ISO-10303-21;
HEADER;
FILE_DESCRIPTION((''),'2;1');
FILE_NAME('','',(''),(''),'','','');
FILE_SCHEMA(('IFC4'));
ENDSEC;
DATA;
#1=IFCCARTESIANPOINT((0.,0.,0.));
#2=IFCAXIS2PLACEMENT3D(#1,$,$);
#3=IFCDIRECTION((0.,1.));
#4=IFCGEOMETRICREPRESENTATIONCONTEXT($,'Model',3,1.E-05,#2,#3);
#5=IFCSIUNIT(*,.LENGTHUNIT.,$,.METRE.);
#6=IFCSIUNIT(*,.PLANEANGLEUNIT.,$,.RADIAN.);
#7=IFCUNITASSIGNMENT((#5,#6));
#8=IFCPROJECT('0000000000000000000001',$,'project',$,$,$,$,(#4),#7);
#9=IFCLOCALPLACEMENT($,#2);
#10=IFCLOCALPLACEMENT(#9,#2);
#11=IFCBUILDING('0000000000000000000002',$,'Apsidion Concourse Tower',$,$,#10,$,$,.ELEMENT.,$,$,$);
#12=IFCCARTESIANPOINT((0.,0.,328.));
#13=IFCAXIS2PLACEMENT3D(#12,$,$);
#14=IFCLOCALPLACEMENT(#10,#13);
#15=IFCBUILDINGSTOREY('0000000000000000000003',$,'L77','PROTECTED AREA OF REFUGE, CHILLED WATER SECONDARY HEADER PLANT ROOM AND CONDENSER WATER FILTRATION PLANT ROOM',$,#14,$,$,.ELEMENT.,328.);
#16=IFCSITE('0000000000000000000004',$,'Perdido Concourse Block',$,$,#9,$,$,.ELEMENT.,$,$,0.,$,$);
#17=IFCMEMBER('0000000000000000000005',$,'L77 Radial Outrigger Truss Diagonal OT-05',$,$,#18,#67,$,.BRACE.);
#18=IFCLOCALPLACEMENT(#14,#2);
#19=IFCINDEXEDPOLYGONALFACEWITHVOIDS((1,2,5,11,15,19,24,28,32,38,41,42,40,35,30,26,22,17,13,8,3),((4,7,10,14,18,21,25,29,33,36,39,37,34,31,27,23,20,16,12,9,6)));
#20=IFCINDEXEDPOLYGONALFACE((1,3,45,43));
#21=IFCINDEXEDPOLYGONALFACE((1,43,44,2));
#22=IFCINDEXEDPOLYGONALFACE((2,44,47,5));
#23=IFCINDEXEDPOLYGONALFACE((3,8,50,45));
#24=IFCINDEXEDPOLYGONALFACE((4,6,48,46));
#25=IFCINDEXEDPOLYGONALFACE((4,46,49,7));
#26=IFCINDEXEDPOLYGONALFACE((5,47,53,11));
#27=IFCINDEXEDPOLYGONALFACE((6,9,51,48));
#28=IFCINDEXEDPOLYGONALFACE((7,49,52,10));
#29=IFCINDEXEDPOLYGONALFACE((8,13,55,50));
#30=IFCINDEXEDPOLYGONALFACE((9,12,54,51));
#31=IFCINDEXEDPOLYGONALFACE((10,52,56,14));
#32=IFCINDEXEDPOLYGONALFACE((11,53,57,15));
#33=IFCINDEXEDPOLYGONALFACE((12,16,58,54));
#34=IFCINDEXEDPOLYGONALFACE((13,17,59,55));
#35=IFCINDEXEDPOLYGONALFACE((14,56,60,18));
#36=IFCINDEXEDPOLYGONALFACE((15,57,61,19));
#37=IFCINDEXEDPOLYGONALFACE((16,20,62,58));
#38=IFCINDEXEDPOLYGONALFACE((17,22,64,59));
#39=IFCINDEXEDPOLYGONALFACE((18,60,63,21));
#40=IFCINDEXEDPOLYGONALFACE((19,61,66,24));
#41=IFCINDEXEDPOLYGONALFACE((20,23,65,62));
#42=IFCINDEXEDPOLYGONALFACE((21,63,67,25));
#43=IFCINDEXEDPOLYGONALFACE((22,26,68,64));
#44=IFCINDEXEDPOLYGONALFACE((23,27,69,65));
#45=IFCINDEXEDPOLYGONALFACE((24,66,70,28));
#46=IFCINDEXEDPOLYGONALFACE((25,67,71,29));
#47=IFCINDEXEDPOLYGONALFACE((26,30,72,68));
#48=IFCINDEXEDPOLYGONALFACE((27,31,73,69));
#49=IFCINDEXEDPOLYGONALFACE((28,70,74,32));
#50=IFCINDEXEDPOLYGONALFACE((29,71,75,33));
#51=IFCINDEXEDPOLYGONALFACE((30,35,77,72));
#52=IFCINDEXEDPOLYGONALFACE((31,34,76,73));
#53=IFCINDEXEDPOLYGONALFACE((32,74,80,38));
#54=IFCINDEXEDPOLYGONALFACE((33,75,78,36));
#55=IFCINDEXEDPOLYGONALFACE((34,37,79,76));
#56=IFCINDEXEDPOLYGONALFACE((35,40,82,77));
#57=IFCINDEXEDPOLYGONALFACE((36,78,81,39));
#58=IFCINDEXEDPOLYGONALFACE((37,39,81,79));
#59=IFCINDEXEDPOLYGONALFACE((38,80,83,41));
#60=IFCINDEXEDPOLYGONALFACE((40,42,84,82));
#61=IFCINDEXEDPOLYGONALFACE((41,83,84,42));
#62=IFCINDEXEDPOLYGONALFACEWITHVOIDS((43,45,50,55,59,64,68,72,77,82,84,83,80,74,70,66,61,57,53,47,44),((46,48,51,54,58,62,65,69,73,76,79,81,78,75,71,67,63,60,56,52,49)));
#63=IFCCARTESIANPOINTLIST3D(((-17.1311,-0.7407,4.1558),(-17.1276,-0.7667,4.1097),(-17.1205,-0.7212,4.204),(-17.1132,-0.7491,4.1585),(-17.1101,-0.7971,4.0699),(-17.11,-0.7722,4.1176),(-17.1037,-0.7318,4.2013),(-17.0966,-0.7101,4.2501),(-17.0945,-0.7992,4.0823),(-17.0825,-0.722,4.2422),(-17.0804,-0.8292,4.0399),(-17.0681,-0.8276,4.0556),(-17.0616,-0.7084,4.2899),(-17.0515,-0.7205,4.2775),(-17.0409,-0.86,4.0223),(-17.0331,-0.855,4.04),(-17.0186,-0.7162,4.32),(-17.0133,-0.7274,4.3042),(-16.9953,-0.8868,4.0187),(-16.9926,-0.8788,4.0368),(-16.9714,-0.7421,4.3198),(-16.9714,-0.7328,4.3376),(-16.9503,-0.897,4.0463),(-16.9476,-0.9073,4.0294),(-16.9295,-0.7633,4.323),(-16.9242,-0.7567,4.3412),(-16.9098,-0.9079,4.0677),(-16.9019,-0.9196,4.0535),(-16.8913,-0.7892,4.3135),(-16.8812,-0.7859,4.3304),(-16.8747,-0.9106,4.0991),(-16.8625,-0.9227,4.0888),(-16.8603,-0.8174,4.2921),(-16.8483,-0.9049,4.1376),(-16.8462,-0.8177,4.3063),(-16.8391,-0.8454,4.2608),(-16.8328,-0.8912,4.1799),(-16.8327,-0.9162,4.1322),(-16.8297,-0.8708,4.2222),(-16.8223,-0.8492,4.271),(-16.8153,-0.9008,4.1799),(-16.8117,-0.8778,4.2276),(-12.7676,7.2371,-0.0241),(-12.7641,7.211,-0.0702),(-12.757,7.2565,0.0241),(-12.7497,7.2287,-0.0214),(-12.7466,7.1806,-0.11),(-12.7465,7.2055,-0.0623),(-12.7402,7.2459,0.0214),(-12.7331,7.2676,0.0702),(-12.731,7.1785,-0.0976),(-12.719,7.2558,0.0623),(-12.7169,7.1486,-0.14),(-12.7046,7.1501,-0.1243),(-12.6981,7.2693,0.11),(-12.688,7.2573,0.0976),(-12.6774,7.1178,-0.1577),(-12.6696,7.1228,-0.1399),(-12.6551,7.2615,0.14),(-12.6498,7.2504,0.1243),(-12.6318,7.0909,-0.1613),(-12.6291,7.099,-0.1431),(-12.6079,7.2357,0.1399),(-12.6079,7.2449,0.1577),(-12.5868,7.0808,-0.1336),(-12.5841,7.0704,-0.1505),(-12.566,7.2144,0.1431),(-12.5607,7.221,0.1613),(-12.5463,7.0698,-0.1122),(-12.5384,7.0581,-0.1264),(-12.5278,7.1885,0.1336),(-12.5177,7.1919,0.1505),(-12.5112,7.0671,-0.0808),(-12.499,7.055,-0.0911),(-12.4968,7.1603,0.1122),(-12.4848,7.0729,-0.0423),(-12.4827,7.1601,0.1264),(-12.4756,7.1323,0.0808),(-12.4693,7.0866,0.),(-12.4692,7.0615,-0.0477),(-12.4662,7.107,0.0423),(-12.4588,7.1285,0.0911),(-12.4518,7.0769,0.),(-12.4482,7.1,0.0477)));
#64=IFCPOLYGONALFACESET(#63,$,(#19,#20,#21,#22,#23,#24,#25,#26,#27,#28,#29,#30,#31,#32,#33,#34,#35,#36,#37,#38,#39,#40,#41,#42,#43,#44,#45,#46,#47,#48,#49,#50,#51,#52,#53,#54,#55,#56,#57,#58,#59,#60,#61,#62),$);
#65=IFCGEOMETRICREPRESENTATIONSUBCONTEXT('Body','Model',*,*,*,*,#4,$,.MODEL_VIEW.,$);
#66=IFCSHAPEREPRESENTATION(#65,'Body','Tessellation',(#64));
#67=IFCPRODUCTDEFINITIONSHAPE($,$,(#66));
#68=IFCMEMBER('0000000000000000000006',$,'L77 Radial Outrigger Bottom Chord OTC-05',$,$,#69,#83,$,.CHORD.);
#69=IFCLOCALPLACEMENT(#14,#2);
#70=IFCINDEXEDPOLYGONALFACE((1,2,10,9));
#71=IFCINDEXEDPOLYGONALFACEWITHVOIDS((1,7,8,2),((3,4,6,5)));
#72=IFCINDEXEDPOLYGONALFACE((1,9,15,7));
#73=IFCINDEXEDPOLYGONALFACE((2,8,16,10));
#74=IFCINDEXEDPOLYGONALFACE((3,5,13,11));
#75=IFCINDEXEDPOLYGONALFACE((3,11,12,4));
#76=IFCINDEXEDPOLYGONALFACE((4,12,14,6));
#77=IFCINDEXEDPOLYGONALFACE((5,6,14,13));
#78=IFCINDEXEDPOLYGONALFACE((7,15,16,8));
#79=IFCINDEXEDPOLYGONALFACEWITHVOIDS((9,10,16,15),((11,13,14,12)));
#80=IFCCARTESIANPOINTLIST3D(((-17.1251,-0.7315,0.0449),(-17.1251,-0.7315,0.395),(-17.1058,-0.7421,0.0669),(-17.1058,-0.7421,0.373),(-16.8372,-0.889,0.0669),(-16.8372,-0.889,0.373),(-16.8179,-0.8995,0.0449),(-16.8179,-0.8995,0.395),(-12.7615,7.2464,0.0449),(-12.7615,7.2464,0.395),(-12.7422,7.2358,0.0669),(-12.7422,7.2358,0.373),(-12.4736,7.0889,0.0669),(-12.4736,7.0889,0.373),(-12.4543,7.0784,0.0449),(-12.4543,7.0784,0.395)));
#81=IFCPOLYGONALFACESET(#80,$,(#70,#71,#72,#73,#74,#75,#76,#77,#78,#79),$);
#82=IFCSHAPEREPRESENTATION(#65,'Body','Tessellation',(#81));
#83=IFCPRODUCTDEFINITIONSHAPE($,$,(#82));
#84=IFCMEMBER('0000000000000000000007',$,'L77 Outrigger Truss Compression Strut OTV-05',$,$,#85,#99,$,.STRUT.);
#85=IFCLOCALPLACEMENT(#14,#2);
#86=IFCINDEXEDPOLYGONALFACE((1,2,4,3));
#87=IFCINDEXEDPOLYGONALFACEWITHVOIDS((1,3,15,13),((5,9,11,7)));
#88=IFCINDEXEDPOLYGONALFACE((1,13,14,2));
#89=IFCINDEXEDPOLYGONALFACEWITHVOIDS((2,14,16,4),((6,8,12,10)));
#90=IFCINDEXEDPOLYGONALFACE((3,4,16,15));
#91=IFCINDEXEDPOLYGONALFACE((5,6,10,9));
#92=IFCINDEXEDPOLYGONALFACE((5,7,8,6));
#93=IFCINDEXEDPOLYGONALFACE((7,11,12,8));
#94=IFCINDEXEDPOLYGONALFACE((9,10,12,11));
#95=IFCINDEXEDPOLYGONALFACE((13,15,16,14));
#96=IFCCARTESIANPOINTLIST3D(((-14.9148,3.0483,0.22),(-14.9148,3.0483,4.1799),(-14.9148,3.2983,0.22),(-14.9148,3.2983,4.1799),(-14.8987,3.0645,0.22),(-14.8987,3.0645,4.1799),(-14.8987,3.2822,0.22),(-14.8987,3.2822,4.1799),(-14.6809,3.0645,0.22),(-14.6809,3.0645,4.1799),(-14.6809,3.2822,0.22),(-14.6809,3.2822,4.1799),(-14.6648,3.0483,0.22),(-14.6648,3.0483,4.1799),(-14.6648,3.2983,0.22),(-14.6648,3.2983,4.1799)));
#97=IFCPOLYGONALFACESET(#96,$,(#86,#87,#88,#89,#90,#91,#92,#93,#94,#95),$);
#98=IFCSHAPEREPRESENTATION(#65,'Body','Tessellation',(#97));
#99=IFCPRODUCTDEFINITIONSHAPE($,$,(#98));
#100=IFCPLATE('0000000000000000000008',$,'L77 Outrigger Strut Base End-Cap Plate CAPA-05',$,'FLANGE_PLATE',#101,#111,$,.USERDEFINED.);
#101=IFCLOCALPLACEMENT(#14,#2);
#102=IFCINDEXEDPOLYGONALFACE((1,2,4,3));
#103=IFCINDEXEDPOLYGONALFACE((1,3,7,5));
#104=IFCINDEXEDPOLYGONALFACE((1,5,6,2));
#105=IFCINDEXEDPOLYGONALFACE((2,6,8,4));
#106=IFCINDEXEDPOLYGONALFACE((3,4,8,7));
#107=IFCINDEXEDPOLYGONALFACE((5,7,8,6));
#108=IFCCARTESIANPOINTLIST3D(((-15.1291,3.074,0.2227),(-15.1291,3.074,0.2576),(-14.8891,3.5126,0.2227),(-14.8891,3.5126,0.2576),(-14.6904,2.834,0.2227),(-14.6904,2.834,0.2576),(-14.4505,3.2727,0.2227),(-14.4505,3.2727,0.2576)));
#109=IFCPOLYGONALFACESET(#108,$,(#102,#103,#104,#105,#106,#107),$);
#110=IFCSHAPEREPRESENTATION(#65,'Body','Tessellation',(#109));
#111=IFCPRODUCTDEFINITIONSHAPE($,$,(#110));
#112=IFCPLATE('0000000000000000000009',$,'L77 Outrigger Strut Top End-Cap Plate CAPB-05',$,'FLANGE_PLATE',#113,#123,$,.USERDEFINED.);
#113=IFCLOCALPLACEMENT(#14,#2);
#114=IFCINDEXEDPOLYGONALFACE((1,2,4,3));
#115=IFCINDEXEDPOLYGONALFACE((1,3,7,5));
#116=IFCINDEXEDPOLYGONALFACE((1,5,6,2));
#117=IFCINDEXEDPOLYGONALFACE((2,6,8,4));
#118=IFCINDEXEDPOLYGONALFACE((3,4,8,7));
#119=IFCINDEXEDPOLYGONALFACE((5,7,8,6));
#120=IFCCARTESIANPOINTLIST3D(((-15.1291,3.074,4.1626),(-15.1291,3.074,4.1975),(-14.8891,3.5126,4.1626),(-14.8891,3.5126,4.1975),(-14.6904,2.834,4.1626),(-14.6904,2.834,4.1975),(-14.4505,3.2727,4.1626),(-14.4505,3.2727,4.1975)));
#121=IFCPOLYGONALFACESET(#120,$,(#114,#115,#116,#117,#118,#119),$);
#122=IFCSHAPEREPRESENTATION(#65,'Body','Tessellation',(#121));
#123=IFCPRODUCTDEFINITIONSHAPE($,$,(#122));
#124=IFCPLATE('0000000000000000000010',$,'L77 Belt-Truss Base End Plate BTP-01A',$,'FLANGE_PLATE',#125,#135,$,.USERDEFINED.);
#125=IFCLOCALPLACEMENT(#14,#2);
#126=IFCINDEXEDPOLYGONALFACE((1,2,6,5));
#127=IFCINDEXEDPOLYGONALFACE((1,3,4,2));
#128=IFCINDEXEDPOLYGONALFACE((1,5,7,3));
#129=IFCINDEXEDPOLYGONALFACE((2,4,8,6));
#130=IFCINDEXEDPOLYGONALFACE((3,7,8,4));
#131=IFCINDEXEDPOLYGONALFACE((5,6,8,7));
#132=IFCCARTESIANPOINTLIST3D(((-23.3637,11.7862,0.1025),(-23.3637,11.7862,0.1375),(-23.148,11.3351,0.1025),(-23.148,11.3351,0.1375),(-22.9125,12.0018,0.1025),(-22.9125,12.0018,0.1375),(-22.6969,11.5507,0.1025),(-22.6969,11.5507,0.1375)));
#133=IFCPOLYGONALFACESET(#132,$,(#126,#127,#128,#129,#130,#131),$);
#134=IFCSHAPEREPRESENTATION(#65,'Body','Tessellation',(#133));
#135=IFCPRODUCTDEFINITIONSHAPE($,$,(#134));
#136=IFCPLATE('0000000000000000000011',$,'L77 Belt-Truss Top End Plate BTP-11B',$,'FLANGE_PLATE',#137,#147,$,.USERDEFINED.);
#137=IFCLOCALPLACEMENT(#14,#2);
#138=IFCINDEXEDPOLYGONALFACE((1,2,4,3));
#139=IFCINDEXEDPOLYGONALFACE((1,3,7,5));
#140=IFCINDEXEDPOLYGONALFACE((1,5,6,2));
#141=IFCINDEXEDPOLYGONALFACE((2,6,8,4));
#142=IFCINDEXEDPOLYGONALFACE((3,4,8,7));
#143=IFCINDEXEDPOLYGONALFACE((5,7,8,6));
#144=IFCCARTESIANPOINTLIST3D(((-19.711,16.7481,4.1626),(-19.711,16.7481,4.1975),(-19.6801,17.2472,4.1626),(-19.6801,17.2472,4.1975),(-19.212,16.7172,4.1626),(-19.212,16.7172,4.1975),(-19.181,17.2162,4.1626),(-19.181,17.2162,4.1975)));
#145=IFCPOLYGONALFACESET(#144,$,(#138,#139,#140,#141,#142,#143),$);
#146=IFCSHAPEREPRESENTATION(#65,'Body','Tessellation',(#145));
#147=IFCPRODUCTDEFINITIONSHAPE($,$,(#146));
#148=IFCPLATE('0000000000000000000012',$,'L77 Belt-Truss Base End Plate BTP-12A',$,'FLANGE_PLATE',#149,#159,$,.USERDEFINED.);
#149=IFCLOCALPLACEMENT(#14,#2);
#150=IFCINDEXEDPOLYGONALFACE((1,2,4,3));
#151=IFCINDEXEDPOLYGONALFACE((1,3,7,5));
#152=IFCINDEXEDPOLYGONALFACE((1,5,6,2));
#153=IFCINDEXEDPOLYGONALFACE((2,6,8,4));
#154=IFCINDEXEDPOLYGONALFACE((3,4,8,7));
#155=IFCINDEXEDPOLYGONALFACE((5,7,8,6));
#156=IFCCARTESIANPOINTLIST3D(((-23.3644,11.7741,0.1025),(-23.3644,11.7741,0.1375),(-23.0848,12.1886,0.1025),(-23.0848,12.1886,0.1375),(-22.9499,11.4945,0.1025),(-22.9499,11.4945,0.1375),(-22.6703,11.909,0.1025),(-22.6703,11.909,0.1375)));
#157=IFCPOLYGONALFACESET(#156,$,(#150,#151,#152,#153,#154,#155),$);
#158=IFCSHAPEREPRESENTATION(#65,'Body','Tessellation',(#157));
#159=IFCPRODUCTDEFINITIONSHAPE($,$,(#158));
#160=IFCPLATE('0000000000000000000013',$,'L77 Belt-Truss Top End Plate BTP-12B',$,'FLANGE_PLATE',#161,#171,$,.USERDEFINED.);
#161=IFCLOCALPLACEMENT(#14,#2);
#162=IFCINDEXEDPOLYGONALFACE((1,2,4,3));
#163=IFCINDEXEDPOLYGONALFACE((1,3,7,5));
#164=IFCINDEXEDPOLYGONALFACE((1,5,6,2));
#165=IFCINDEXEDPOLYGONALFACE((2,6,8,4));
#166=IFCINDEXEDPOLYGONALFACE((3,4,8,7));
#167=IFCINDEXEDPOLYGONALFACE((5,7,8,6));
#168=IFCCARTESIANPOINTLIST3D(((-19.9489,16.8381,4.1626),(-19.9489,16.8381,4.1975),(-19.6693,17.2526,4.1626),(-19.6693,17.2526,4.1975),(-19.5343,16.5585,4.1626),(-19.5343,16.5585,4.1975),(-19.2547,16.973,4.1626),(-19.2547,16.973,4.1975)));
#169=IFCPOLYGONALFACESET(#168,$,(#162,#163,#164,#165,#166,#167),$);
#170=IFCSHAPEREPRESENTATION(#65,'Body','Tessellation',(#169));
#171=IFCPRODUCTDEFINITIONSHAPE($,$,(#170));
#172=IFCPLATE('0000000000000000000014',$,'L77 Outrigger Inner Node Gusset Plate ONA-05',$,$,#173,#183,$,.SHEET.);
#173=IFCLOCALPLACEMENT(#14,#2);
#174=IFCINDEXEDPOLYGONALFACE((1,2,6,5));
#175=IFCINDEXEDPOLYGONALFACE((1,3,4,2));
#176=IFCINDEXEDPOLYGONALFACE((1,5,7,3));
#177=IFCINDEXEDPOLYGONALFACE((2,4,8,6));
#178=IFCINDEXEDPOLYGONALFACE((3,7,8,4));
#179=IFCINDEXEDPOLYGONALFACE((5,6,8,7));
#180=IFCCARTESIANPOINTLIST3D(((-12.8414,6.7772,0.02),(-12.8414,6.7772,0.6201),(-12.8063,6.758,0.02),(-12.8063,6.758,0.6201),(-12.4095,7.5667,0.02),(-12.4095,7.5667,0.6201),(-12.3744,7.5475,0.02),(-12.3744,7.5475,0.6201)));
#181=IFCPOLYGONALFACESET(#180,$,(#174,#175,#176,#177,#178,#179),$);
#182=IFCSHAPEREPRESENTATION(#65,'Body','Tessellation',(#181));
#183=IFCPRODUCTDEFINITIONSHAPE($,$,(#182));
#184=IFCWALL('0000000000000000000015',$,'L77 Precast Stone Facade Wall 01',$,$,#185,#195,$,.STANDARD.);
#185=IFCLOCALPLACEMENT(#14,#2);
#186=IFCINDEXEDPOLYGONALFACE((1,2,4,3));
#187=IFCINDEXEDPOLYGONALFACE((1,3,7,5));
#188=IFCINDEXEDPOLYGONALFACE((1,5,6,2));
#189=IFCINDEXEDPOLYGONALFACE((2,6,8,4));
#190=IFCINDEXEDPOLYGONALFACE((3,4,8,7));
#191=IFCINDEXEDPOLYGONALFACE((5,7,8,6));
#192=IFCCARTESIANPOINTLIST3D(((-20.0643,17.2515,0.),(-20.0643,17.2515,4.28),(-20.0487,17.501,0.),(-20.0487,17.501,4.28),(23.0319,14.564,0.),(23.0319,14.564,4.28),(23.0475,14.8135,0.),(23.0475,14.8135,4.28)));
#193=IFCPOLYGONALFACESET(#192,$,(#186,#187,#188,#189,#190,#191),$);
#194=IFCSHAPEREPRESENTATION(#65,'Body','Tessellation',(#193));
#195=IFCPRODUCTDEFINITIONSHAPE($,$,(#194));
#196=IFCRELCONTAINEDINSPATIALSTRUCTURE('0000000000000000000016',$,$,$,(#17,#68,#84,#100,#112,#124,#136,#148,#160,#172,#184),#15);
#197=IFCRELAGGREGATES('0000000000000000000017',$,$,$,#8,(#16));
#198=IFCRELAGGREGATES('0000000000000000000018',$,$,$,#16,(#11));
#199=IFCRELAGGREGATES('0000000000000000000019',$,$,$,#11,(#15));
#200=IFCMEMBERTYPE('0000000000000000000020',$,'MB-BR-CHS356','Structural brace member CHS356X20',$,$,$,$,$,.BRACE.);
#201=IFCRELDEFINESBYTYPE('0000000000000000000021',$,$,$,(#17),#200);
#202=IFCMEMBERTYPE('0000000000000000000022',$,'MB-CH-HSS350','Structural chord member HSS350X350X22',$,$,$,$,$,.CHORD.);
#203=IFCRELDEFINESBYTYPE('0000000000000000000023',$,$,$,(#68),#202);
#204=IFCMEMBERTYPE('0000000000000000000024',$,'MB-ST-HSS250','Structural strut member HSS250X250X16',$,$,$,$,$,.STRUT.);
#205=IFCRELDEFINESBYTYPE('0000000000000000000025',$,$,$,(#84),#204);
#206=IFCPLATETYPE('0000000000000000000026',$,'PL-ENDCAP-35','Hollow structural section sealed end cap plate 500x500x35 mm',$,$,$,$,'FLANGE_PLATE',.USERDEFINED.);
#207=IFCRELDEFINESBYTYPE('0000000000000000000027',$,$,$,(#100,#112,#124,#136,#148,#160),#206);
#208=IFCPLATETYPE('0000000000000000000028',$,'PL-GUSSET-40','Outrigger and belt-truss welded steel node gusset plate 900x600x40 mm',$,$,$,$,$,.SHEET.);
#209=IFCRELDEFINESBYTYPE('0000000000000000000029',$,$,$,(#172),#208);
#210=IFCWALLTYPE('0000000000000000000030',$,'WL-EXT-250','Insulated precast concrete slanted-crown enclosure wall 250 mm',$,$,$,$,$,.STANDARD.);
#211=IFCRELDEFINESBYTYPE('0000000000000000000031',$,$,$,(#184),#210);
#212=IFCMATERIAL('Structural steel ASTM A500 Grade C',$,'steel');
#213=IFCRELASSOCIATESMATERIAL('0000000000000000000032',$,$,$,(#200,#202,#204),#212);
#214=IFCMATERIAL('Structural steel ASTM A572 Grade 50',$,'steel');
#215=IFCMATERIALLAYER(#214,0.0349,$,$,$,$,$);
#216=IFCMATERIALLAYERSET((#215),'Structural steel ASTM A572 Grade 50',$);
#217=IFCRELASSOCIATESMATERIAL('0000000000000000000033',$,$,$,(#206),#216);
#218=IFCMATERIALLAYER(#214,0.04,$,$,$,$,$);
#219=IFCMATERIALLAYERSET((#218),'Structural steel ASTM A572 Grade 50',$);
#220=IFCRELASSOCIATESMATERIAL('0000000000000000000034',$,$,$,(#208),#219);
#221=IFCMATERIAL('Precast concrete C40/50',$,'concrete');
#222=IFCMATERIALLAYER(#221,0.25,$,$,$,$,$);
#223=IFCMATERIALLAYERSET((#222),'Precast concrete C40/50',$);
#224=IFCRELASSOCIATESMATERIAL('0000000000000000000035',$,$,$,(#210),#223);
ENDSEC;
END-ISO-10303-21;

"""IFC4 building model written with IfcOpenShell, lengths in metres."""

from ifc_helpers import new_model, si_unit, direction, frame, frame_2d, origin, origin_2d, place, context, subcontext, project, spatial, rectangle, hollow_rectangle, hollow_circle, extrude, material, layer, layer_set, material_profile, profile_set, type_object, element, save


model = new_model("IFC4")

# Units and contexts
model_context = context("Model", 3, precision=1e-05, world=origin(), true_north=direction((0.0, 1.0)))
body_context = subcontext(model_context, "Body", "Model", "MODEL_VIEW")
ifc_project = project(units=[si_unit("LENGTHUNIT", "METRE"), si_unit("PLANEANGLEUNIT", "RADIAN")], contexts=[model_context])

# Site, building, storey
site_placement = place(None, origin())
site = spatial("IfcSite", under=ifc_project, at=site_placement, Name="Perdido Concourse Block", CompositionType="ELEMENT", RefElevation=0.0)
building_placement = place(site_placement, origin())
building = spatial("IfcBuilding", under=site, at=building_placement, Name="Apsidion Concourse Tower", CompositionType="ELEMENT")
storey_placement = place(building_placement, frame((0.0, 0.0, 328.0)))
storey = spatial("IfcBuildingStorey", under=building, at=storey_placement, Name="L77", Description="PROTECTED AREA OF REFUGE, CHILLED WATER SECONDARY HEADER PLANT ROOM AND CONDENSER WATER FILTRATION PLANT ROOM", CompositionType="ELEMENT", Elevation=328.0)

# Members
ifc_material_1 = material(Name="Structural steel ASTM A500 Grade C", Category="steel")
ifc_material_profile_1 = material_profile(ifc_material_1, hollow_circle(Radius=0.178, WallThickness=0.02, at=origin_2d()), Name="CHS356X20")
ifc_profile_set_1 = profile_set([ifc_material_profile_1], Name="Structural steel ASTM A500 Grade C")
member_type_1 = type_object("IfcMemberType", Name="MB-BR-CHS356", Description="Structural brace member CHS356X20", PredefinedType="BRACE", material=ifc_profile_set_1)
member_1_placement = place(storey_placement, frame((-12.6079, 7.1624, 0.0), z_axis=(-0.43601, -0.797152, 0.417665), x_axis=(0.87734, -0.47987, 0.0)))
element("IfcMember", 1, at=member_1_placement, inside=storey, type_object=member_type_1, Name="L77 Radial Outrigger Truss Diagonal OT-05", PredefinedType="BRACE", context=body_context, shape_type="SweptSolid", body=[
    extrude(hollow_circle(Radius=0.178, WallThickness=0.02, at=origin_2d()), origin(), (0.0, 0.0, 1.0), 10.0078),
])
ifc_material_profile_2 = material_profile(ifc_material_1, hollow_rectangle(XDim=0.3501, YDim=0.3501, WallThickness=0.022, at=origin_2d()), Name="HSS350X350X22")
ifc_profile_set_2 = profile_set([ifc_material_profile_2], Name="Structural steel ASTM A500 Grade C")
member_type_2 = type_object("IfcMemberType", Name="MB-CH-HSS350", Description="Structural chord member HSS350X350X22", PredefinedType="CHORD", material=ifc_profile_set_2)
member_2_placement = place(storey_placement, frame((-12.6079, 7.1624, 0.22), z_axis=(-0.47987, -0.87734, 0.0), x_axis=(0.87734, -0.47987, 0.0)))
element("IfcMember", 2, at=member_2_placement, inside=storey, type_object=member_type_2, Name="L77 Radial Outrigger Bottom Chord OTC-05", PredefinedType="CHORD", context=body_context, shape_type="SweptSolid", body=[
    extrude(hollow_rectangle(XDim=0.3501, YDim=0.3501, WallThickness=0.022, at=origin_2d()), origin(), (0.0, 0.0, 1.0), 9.0933),
])
ifc_material_profile_3 = material_profile(ifc_material_1, hollow_rectangle(XDim=0.25, YDim=0.25, WallThickness=0.0161, at=origin_2d()), Name="HSS250X250X16")
ifc_profile_set_3 = profile_set([ifc_material_profile_3], Name="Structural steel ASTM A500 Grade C")
member_type_3 = type_object("IfcMemberType", Name="MB-ST-HSS250", Description="Structural strut member HSS250X250X16", PredefinedType="STRUT", material=ifc_profile_set_3)
member_3_placement = place(storey_placement, frame((-14.7898, 3.1733, 0.22), z_axis=(0.0, 0.0, 1.0), x_axis=(1.0, 0.0, 0.0)))
element("IfcMember", 3, at=member_3_placement, inside=storey, type_object=member_type_3, Name="L77 Outrigger Truss Compression Strut OTV-05", PredefinedType="STRUT", context=body_context, shape_type="SweptSolid", body=[
    extrude(hollow_rectangle(XDim=0.25, YDim=0.25, WallThickness=0.0161, at=origin_2d()), origin(), (0.0, 0.0, 1.0), 3.96),
])

# Plates
ifc_material_2 = material(Name="Structural steel ASTM A572 Grade 50", Category="steel")
ifc_layer_1 = layer(ifc_material_2, 0.0349)
ifc_layer_set_1 = layer_set([ifc_layer_1], Name="Structural steel ASTM A572 Grade 50")
plate_type_1 = type_object("IfcPlateType", Name="PL-ENDCAP-35", Description="Hollow structural section sealed end cap plate 500x500x35 mm", ElementType="FLANGE_PLATE", PredefinedType="USERDEFINED", material=ifc_layer_set_1)
for number, where, z_axis, x_axis, name in (
    (4, (-14.7898, 3.1733, 0.2227), (0.0, 0.0, 1.0), (0.479917, 0.877314, 0.0), "L77 Outrigger Strut Base End-Cap Plate CAPA-05"),
    (5, (-14.7898, 3.1733, 4.1626), (0.0, 0.0, 1.0), (0.479917, 0.877314, 0.0), "L77 Outrigger Strut Top End-Cap Plate CAPB-05"),
    (6, (-23.0303, 11.6685, 0.1025), (0.0, 0.0, 1.0), (-0.431299, 0.902209, 0.0), "L77 Belt-Truss Base End Plate BTP-01A"),
    (7, (-19.446, 16.9822, 4.1626), (0.0, 0.0, 1.0), (-0.998081, 0.06192, 0.0), "L77 Belt-Truss Top End Plate BTP-11B"),
    (8, (-23.0173, 11.8416, 0.1025), (0.0, 0.0, 1.0), (0.559193, 0.829038, 0.0), "L77 Belt-Truss Base End Plate BTP-12A"),
    (9, (-19.6018, 16.9055, 4.1626), (0.0, 0.0, 1.0), (0.559193, 0.829038, 0.0), "L77 Belt-Truss Top End Plate BTP-12B"),
):
    element("IfcPlate", number, at=place(storey_placement, frame(where, z_axis=z_axis, x_axis=x_axis)), inside=storey, type_object=plate_type_1, Name=name, ObjectType="FLANGE_PLATE", PredefinedType="USERDEFINED", context=body_context, shape_type="SweptSolid", body=[
        extrude(rectangle(XDim=0.5, YDim=0.5, at=origin_2d()), origin(), (0.0, 0.0, 1.0), 0.0349),
    ])
ifc_layer_2 = layer(ifc_material_2, 0.04)
ifc_layer_set_2 = layer_set([ifc_layer_2], Name="Structural steel ASTM A572 Grade 50")
plate_type_2 = type_object("IfcPlateType", Name="PL-GUSSET-40", Description="Outrigger and belt-truss welded steel node gusset plate 900x600x40 mm", PredefinedType="SHEET", material=ifc_layer_set_2)
plate_placement = place(storey_placement, frame((-12.6079, 7.1624, 0.02), z_axis=(0.0, 0.0, 1.0), x_axis=(0.479917, 0.877314, 0.0)))
element("IfcPlate", 10, at=plate_placement, inside=storey, type_object=plate_type_2, Name="L77 Outrigger Inner Node Gusset Plate ONA-05", PredefinedType="SHEET", context=body_context, shape_type="SweptSolid", body=[
    extrude(rectangle(XDim=0.8999, YDim=0.04, at=origin_2d()), origin(), (0.0, 0.0, 1.0), 0.6001),
])

# Wall
ifc_material_3 = material(Name="Precast concrete C40/50", Category="concrete")
ifc_layer_3 = layer(ifc_material_3, 0.25)
ifc_layer_set_3 = layer_set([ifc_layer_3], Name="Precast concrete C40/50")
wall_type_1 = type_object("IfcWallType", Name="WL-EXT-250", Description="Insulated precast concrete slanted-crown enclosure wall 250 mm", PredefinedType="STANDARD", material=ifc_layer_set_3)
wall_1_placement = place(storey_placement, frame((-20.0564, 17.3762, 0.0), z_axis=(0.0, 0.0, 1.0), x_axis=(0.998061, -0.06224, 0.0)))
element("IfcWall", 11, at=wall_1_placement, inside=storey, type_object=wall_type_1, Name="L77 Precast Stone Facade Wall 01", PredefinedType="STANDARD", context=body_context, shape_type="SweptSolid", body=[
    extrude(rectangle(XDim=43.1799, YDim=0.25, at=frame_2d((21.5898, 0.0))), origin(), (0.0, 0.0, 1.0), 4.28),
])

save(model, "model.ifc")
